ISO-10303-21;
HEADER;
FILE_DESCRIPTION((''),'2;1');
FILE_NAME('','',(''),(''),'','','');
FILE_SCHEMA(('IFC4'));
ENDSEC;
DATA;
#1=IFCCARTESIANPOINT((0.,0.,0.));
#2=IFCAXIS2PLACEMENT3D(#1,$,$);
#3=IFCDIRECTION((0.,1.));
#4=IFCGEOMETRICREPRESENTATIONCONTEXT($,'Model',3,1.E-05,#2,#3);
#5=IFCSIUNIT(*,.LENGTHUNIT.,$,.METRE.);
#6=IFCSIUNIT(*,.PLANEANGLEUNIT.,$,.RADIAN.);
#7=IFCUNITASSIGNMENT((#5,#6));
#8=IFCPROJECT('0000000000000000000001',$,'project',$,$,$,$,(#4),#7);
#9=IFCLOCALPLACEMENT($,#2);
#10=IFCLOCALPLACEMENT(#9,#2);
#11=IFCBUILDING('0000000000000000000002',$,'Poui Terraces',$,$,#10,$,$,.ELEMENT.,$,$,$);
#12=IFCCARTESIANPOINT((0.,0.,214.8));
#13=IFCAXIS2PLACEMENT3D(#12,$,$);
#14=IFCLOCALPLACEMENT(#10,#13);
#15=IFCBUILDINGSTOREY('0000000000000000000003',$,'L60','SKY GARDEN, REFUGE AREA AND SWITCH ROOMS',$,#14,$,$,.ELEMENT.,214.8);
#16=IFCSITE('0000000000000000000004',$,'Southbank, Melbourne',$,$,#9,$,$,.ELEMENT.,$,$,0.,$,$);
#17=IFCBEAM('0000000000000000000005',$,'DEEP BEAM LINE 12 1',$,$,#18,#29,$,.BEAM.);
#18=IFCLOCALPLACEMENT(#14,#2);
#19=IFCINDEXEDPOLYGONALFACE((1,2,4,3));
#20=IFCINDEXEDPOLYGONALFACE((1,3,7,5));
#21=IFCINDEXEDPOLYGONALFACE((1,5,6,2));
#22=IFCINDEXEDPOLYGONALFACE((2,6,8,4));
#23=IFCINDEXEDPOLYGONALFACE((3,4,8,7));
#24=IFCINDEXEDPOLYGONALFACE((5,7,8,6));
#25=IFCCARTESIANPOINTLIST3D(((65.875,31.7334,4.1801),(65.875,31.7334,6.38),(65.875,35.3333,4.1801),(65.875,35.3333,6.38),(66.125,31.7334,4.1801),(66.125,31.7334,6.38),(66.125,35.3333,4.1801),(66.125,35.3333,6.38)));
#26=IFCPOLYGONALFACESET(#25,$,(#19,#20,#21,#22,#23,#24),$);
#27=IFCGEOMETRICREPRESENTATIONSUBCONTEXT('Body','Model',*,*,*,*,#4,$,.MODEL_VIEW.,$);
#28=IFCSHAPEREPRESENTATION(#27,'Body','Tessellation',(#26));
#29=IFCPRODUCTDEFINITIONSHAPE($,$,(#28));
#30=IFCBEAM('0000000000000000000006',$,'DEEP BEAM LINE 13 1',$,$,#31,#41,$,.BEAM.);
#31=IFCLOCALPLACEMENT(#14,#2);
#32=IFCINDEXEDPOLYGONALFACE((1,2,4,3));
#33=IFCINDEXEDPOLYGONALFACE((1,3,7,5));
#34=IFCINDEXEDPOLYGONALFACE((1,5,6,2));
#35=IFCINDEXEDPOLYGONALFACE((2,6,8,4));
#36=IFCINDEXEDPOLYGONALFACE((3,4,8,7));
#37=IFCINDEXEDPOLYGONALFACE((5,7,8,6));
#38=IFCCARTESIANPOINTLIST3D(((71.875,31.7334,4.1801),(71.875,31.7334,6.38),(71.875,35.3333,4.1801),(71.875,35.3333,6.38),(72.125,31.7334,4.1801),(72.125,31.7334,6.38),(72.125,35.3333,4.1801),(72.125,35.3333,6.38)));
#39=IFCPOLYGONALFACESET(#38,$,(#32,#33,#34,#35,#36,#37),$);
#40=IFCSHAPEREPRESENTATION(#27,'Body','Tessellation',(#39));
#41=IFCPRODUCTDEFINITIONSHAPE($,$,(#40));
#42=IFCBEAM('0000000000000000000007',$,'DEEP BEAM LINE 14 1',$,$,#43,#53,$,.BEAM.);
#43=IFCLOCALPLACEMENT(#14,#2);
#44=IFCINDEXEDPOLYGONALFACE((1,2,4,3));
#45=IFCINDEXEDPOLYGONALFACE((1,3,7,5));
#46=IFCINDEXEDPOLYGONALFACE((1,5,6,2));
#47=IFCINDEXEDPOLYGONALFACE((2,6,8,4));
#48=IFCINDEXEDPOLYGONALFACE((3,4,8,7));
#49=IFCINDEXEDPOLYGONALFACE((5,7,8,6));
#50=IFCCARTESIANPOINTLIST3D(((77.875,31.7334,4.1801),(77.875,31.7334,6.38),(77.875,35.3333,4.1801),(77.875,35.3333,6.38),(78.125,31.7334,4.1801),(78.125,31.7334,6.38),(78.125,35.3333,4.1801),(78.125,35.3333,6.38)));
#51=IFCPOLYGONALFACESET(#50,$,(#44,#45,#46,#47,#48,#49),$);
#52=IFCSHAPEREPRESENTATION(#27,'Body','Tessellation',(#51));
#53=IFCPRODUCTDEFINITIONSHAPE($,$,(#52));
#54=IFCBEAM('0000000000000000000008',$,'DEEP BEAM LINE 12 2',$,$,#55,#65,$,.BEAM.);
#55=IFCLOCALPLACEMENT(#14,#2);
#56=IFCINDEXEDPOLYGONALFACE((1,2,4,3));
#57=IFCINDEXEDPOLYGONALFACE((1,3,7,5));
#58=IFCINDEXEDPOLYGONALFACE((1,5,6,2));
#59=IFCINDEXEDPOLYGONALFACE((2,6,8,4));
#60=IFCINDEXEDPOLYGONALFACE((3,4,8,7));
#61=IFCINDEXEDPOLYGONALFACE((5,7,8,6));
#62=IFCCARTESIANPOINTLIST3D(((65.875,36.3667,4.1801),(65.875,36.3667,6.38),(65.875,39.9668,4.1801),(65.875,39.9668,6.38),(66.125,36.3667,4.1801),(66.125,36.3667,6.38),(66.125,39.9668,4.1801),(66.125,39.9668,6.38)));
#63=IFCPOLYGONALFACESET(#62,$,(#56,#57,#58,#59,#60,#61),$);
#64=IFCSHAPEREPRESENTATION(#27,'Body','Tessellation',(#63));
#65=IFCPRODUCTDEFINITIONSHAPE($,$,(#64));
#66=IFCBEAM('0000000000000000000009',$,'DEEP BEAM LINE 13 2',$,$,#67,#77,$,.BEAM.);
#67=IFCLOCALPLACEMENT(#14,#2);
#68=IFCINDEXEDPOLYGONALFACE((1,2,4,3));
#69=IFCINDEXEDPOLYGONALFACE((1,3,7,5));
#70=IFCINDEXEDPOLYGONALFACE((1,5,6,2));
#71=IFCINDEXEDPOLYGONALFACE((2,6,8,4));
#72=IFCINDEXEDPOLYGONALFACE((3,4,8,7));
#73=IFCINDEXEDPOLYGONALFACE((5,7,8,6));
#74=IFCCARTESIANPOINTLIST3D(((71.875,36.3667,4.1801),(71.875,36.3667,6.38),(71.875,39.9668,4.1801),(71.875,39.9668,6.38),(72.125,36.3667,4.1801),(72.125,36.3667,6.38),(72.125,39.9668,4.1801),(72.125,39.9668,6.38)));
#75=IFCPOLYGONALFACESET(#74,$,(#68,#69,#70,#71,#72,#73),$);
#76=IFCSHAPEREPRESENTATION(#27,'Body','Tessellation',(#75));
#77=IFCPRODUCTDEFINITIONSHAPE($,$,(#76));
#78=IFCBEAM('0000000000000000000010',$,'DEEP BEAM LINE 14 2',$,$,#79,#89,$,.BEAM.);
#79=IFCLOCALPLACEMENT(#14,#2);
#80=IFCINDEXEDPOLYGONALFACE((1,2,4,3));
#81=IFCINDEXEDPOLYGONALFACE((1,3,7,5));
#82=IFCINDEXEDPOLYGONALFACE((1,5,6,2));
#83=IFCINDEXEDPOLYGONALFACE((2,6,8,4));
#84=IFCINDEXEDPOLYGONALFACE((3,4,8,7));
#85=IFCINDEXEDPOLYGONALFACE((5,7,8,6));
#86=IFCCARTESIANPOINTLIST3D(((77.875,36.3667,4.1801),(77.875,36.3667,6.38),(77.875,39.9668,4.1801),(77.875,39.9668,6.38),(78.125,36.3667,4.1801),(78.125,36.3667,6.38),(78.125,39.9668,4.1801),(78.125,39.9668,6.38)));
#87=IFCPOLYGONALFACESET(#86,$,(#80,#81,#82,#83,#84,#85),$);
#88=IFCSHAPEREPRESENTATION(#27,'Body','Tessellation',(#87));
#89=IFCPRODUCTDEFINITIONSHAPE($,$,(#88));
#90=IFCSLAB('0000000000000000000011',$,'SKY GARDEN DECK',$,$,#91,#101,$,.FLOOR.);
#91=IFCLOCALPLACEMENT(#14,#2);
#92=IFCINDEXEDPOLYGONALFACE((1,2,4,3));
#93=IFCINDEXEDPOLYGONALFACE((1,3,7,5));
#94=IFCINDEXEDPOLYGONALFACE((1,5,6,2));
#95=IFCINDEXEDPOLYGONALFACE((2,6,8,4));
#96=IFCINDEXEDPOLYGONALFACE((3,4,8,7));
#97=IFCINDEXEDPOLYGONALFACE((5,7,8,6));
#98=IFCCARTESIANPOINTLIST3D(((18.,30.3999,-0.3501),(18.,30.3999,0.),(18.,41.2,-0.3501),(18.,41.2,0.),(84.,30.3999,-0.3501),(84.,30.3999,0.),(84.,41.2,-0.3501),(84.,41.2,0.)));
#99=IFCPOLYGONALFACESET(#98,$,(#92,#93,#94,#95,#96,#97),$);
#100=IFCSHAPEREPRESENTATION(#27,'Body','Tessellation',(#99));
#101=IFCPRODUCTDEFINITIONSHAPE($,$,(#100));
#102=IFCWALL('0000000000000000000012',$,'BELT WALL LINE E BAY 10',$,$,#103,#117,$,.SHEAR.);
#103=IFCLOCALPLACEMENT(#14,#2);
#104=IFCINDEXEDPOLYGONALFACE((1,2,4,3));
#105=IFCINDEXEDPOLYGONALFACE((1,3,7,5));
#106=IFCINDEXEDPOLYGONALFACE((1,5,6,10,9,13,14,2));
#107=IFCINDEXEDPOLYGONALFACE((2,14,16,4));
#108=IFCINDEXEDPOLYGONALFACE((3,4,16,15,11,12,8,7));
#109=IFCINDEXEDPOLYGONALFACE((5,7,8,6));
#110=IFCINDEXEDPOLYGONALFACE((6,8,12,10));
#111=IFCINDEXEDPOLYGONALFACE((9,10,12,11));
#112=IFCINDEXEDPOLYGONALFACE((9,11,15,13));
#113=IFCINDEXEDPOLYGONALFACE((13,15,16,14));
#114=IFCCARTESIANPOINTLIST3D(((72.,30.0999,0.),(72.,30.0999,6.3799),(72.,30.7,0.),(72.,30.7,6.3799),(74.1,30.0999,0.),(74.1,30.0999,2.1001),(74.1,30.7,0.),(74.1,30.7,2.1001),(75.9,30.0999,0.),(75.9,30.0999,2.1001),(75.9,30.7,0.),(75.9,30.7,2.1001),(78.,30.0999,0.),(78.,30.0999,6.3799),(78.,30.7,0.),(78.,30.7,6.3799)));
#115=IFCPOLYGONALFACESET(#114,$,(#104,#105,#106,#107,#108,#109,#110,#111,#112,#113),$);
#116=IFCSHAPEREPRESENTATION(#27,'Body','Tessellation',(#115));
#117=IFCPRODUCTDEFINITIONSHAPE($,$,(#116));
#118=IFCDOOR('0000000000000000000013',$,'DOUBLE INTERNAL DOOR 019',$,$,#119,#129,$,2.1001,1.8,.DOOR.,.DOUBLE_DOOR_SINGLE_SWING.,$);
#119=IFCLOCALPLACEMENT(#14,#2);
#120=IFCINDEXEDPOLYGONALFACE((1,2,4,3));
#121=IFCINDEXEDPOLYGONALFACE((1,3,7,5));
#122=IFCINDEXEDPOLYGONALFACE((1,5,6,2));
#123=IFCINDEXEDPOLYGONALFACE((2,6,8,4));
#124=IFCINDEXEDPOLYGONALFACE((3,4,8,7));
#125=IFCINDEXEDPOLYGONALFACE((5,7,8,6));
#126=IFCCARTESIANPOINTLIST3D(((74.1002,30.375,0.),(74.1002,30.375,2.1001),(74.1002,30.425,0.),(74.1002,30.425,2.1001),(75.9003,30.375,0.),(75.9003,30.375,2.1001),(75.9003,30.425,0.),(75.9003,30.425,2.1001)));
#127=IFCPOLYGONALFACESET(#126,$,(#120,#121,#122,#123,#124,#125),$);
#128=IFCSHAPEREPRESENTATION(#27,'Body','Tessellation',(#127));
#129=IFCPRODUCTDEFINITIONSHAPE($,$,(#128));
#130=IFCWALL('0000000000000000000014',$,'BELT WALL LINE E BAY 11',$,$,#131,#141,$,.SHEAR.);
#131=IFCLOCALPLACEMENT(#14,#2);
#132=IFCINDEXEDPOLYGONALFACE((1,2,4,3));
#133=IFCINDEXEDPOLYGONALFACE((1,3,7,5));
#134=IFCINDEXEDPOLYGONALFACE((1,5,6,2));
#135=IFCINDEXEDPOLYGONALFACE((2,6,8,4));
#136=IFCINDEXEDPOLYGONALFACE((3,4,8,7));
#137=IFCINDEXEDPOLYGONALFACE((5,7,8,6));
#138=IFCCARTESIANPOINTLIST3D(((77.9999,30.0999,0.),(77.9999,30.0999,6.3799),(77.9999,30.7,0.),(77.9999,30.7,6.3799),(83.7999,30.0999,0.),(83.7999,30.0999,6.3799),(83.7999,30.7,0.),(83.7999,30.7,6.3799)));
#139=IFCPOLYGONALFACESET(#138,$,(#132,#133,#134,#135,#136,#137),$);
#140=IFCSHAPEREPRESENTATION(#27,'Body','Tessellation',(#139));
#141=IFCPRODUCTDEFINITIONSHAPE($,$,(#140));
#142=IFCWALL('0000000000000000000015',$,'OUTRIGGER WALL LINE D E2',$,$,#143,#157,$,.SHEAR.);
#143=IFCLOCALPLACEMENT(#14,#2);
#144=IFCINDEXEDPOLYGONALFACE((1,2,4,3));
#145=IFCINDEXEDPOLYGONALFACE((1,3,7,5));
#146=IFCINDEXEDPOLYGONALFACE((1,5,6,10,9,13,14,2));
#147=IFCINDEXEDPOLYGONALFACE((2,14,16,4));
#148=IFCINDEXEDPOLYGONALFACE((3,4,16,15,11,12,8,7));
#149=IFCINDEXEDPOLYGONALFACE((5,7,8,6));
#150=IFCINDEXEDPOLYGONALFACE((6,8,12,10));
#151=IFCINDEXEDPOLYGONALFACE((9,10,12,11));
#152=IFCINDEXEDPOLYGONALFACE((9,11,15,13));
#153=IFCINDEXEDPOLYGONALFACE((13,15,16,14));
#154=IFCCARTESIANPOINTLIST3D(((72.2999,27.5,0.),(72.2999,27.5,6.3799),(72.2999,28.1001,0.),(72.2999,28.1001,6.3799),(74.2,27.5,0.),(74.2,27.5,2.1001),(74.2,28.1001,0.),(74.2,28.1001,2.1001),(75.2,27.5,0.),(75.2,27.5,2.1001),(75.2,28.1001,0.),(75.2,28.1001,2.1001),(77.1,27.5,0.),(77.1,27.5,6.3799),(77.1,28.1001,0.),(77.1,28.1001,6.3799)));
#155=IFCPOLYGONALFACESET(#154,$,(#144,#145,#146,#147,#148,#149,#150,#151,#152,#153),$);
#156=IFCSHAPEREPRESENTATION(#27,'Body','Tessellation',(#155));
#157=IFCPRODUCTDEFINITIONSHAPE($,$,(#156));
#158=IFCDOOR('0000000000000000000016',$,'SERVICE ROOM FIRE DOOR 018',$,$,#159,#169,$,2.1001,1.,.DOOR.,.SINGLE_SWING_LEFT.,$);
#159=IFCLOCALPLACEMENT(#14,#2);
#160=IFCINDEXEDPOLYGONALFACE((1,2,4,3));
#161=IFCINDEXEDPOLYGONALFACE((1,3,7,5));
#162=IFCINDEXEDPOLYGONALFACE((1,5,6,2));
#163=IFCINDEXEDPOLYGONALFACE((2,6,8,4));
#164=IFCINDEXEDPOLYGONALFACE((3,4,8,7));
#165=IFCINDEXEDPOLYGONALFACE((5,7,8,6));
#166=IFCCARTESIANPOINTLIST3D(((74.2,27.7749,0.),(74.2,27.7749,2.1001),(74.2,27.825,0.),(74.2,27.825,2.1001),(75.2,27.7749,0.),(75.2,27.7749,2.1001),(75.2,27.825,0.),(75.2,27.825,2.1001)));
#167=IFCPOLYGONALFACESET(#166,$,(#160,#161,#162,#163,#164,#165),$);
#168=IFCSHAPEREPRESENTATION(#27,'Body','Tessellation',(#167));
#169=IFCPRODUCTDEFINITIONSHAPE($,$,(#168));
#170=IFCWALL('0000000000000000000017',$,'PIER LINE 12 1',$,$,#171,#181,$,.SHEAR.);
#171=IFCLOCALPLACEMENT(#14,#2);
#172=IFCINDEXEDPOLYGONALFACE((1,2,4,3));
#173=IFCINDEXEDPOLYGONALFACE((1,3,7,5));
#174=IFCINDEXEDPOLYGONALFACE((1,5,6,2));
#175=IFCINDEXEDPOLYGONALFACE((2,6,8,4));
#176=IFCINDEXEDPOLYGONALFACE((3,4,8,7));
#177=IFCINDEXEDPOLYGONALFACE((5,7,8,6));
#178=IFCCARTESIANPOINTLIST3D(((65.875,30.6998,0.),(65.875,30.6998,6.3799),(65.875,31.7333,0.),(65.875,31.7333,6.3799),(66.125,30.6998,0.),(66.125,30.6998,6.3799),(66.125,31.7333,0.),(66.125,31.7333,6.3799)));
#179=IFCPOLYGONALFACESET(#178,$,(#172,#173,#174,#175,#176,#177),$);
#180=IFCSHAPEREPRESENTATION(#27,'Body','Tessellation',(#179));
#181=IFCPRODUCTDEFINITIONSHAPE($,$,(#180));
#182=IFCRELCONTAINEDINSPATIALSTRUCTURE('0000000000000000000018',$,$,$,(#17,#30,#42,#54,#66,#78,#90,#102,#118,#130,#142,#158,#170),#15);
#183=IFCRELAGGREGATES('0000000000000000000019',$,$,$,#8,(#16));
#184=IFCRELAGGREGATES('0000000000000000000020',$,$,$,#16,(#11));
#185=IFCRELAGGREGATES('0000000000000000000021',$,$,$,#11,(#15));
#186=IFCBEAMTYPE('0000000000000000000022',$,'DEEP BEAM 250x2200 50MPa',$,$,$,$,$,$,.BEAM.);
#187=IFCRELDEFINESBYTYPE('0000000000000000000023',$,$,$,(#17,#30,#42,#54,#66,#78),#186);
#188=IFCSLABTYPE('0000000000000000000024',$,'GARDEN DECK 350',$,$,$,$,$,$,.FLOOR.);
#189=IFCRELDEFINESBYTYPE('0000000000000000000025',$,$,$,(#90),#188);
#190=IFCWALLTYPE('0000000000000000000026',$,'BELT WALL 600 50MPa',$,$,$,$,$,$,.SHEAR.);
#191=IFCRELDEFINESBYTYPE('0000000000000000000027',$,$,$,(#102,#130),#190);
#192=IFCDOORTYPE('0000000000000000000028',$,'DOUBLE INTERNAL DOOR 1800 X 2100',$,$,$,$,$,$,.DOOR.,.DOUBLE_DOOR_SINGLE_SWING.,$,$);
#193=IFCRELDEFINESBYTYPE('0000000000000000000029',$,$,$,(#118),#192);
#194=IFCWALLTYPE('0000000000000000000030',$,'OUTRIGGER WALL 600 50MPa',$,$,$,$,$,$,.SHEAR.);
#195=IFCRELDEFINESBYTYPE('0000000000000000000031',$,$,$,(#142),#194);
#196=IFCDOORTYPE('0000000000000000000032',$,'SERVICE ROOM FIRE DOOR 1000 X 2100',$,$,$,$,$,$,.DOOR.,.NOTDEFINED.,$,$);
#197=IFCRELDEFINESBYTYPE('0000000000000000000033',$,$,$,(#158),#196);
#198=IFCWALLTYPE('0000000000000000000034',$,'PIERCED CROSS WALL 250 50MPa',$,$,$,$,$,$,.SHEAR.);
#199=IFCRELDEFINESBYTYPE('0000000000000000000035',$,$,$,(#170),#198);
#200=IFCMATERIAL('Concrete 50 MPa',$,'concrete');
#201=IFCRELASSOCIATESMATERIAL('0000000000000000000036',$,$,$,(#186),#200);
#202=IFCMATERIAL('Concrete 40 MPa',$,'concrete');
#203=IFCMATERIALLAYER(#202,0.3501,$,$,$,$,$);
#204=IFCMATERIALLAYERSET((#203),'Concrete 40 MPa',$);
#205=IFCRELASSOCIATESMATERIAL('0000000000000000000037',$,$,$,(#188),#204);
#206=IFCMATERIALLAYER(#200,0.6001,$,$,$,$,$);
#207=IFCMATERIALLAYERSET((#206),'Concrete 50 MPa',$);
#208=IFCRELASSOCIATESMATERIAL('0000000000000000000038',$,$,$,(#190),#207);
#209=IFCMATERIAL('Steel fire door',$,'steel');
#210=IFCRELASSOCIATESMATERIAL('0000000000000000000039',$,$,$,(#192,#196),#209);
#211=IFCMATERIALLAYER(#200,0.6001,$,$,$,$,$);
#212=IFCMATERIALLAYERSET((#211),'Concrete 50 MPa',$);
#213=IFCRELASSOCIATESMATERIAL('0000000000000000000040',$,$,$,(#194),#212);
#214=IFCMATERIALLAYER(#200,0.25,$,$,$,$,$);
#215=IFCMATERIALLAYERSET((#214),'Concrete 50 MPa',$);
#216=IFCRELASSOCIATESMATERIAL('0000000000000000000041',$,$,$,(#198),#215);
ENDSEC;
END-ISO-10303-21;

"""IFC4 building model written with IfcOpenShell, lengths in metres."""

from ifc_helpers import new_model, si_unit, direction, frame, frame_2d, origin, origin_2d, place, context, subcontext, project, spatial, polyline, rectangle, outline, extrude, source, transform, mapped, material, layer, layer_set, material_profile, profile_set, type_object, element, fill, save


model = new_model("IFC4")

# Units and contexts
model_context = context("Model", 3, precision=1e-05, world=origin(), true_north=direction((0.0, 1.0)))
body_context = subcontext(model_context, "Body", "Model", "MODEL_VIEW")
ifc_project = project(units=[si_unit("LENGTHUNIT", "METRE"), si_unit("PLANEANGLEUNIT", "RADIAN")], contexts=[model_context])

# Site, building, storey
site_placement = place(None, origin())
site = spatial("IfcSite", under=ifc_project, at=site_placement, Name="Southbank, Melbourne", CompositionType="ELEMENT", RefElevation=0.0)
building_placement = place(site_placement, origin())
building = spatial("IfcBuilding", under=site, at=building_placement, Name="Poui Terraces", CompositionType="ELEMENT")
storey_placement = place(building_placement, frame((0.0, 0.0, 214.8)))
storey = spatial("IfcBuildingStorey", under=building, at=storey_placement, Name="L60", Description="SKY GARDEN, REFUGE AREA AND SWITCH ROOMS", CompositionType="ELEMENT", Elevation=214.8)

# Beams
ifc_material_1 = material(Name="Concrete 50 MPa", Category="concrete")
ifc_material_profile = material_profile(ifc_material_1, rectangle(XDim=0.25, YDim=2.2, at=origin_2d()), Name="RC 250x2200")
ifc_profile_set = profile_set([ifc_material_profile], Name="Concrete 50 MPa")
beam_type = type_object("IfcBeamType", Name="DEEP BEAM 250x2200 50MPa", PredefinedType="BEAM", material=ifc_profile_set)
shared_shape_1 = source(origin(), body_context, "Body", "SweptSolid", [
    extrude(rectangle(XDim=0.25, YDim=2.2, at=origin_2d()), origin(), (0.0, 0.0, 1.0), 3.5999),
])
for number, where, z_axis, x_axis, name in (
    (1, (66.0, 31.7334, 5.28), (0.0, 1.0, 0.0), (-1.0, 0.0, 0.0), "DEEP BEAM LINE 12 1"),
    (2, (72.0, 31.7334, 5.28), (0.0, 1.0, 0.0), (-1.0, 0.0, 0.0), "DEEP BEAM LINE 13 1"),
    (3, (78.0, 31.7334, 5.28), (0.0, 1.0, 0.0), (-1.0, 0.0, 0.0), "DEEP BEAM LINE 14 1"),
):
    element("IfcBeam", number, at=place(storey_placement, frame(where, z_axis=z_axis, x_axis=x_axis)), inside=storey, type_object=beam_type, Name=name, PredefinedType="BEAM", context=body_context, shape_type="MappedRepresentation", body=[
        mapped(shared_shape_1, transform((0.0, 0.0, 0.0))),
    ])
shared_shape_2 = source(origin(), body_context, "Body", "SweptSolid", [
    extrude(rectangle(XDim=0.25, YDim=2.2, at=origin_2d()), origin(), (0.0, 0.0, 1.0), 3.6001),
])
for number, where, z_axis, x_axis, name in (
    (4, (66.0, 36.3667, 5.28), (0.0, 1.0, 0.0), (-1.0, 0.0, 0.0), "DEEP BEAM LINE 12 2"),
    (5, (72.0, 36.3667, 5.28), (0.0, 1.0, 0.0), (-1.0, 0.0, 0.0), "DEEP BEAM LINE 13 2"),
    (6, (78.0, 36.3667, 5.28), (0.0, 1.0, 0.0), (-1.0, 0.0, 0.0), "DEEP BEAM LINE 14 2"),
):
    element("IfcBeam", number, at=place(storey_placement, frame(where, z_axis=z_axis, x_axis=x_axis)), inside=storey, type_object=beam_type, Name=name, PredefinedType="BEAM", context=body_context, shape_type="MappedRepresentation", body=[
        mapped(shared_shape_2, transform((0.0, 0.0, 0.0))),
    ])

# Slab
ifc_material_2 = material(Name="Concrete 40 MPa", Category="concrete")
ifc_layer_1 = layer(ifc_material_2, 0.3501)
ifc_layer_set_1 = layer_set([ifc_layer_1], Name="Concrete 40 MPa")
slab_type = type_object("IfcSlabType", Name="GARDEN DECK 350", PredefinedType="FLOOR", material=ifc_layer_set_1)
shared_shape_3 = source(origin(), body_context, "Body", "SweptSolid", [
    extrude(outline(polyline([(0.0, 0.0), (0.0, 10.8), (-66.0, 10.8), (-66.0, 0.0), (0.0, 0.0)])), origin(), (0.0, 0.0, 1.0), 0.3501),
])
slab_placement = place(storey_placement, frame((84.0, 30.3999, -0.3501)))
element("IfcSlab", 7, at=slab_placement, inside=storey, type_object=slab_type, Name="SKY GARDEN DECK", PredefinedType="FLOOR", context=body_context, shape_type="MappedRepresentation", body=[
    mapped(shared_shape_3, transform((0.0, 0.0, 0.0))),
])

# Wall, opening, door
ifc_layer_2 = layer(ifc_material_1, 0.6001)
ifc_layer_set_2 = layer_set([ifc_layer_2], Name="Concrete 50 MPa")
wall_type_1 = type_object("IfcWallType", Name="BELT WALL 600 50MPa", PredefinedType="SHEAR", material=ifc_layer_set_2)
wall_1_placement = place(storey_placement, frame((72.0, 30.3999, 0.0), z_axis=(0.0, 0.0, 1.0), x_axis=(1.0, 0.0, 0.0)))
wall_1 = element("IfcWall", 8, at=wall_1_placement, inside=storey, type_object=wall_type_1, Name="BELT WALL LINE E BAY 10", PredefinedType="SHEAR", context=body_context, shape_type="SweptSolid", body=[
    extrude(rectangle(XDim=6.0, YDim=0.6001, at=frame_2d((3.0, 0.0))), origin(), (0.0, 0.0, 1.0), 6.3799),
])
opening_1_placement = place(wall_1_placement, frame((2.1001, 0.0, 0.0)))
opening_1 = element("IfcOpeningElement", 9, at=opening_1_placement, cuts=wall_1, PredefinedType="OPENING", context=body_context, shape_type="SweptSolid", body=[
    extrude(rectangle(XDim=1.8, YDim=2.1001, at=frame_2d((0.8999, 1.05))), frame((0.0, 0.3101, 0.0), z_axis=(0.0, -1.0, 0.0), x_axis=(1.0, 0.0, 0.0)), (0.0, 0.0, 1.0), 0.6201),
])
ifc_material_3 = material(Name="Steel fire door", Category="steel")
door_type_1 = type_object("IfcDoorType", Name="DOUBLE INTERNAL DOOR 1800 X 2100", OperationType="DOUBLE_DOOR_SINGLE_SWING", PredefinedType="DOOR", material=ifc_material_3)
door_1_placement = place(opening_1_placement, frame((1.8, 0.0, 0.0), z_axis=(0.0, 0.0, 1.0), x_axis=(-1.0, 0.0, 0.0)))
door_1 = element("IfcDoor", 10, at=door_1_placement, inside=storey, type_object=door_type_1, Name="DOUBLE INTERNAL DOOR 019", OperationType="DOUBLE_DOOR_SINGLE_SWING", OverallHeight=2.1001, OverallWidth=1.8, PredefinedType="DOOR", context=body_context, shape_type="SweptSolid", body=[
    extrude(rectangle(XDim=1.8, YDim=2.1001, at=frame_2d((0.8999, 1.05))), frame((0.0, 0.0249, 0.0), z_axis=(0.0, -1.0, 0.0), x_axis=(1.0, 0.0, 0.0)), (0.0, 0.0, 1.0), 0.05),
])
fill(opening_1, door_1)

# Wall
wall_2_placement = place(storey_placement, frame((78.0, 30.3999, 0.0), z_axis=(0.0, 0.0, 1.0), x_axis=(1.0, 0.0, 0.0)))
element("IfcWall", 11, at=wall_2_placement, inside=storey, type_object=wall_type_1, Name="BELT WALL LINE E BAY 11", PredefinedType="SHEAR", context=body_context, shape_type="SweptSolid", body=[
    extrude(rectangle(XDim=5.8, YDim=0.6001, at=frame_2d((2.8999, 0.0))), origin(), (0.0, 0.0, 1.0), 6.3799),
])

# Wall, opening, door
ifc_layer_3 = layer(ifc_material_1, 0.6001)
ifc_layer_set_3 = layer_set([ifc_layer_3], Name="Concrete 50 MPa")
wall_type_2 = type_object("IfcWallType", Name="OUTRIGGER WALL 600 50MPa", PredefinedType="SHEAR", material=ifc_layer_set_3)
wall_3_placement = place(storey_placement, frame((72.3, 27.8, 0.0), z_axis=(0.0, 0.0, 1.0), x_axis=(1.0, 0.0, 0.0)))
wall_3 = element("IfcWall", 12, at=wall_3_placement, inside=storey, type_object=wall_type_2, Name="OUTRIGGER WALL LINE D E2", PredefinedType="SHEAR", context=body_context, shape_type="SweptSolid", body=[
    extrude(rectangle(XDim=4.8, YDim=0.6001, at=frame_2d((2.3999, 0.0))), origin(), (0.0, 0.0, 1.0), 6.3799),
])
opening_2_placement = place(wall_3_placement, frame((1.8999, 0.0, 0.0)))
opening_2 = element("IfcOpeningElement", 13, at=opening_2_placement, cuts=wall_3, PredefinedType="OPENING", context=body_context, shape_type="SweptSolid", body=[
    extrude(rectangle(XDim=1.0, YDim=2.1001, at=frame_2d((0.5, 1.05))), frame((0.0, 0.3101, 0.0), z_axis=(0.0, -1.0, 0.0), x_axis=(1.0, 0.0, 0.0)), (0.0, 0.0, 1.0), 0.6201),
])
door_type_2 = type_object("IfcDoorType", Name="SERVICE ROOM FIRE DOOR 1000 X 2100", OperationType="NOTDEFINED", PredefinedType="DOOR", material=ifc_material_3)
door_2_placement = place(opening_2_placement, origin())
door_2 = element("IfcDoor", 14, at=door_2_placement, inside=storey, type_object=door_type_2, Name="SERVICE ROOM FIRE DOOR 018", OperationType="SINGLE_SWING_LEFT", OverallHeight=2.1001, OverallWidth=1.0, PredefinedType="DOOR", context=body_context, shape_type="SweptSolid", body=[
    extrude(rectangle(XDim=1.0, YDim=2.1001, at=frame_2d((0.5, 1.05))), frame((0.0, 0.0249, 0.0), z_axis=(0.0, -1.0, 0.0), x_axis=(1.0, 0.0, 0.0)), (0.0, 0.0, 1.0), 0.05),
])
fill(opening_2, door_2)

# Wall
ifc_layer_4 = layer(ifc_material_1, 0.25)
ifc_layer_set_4 = layer_set([ifc_layer_4], Name="Concrete 50 MPa")
wall_type_3 = type_object("IfcWallType", Name="PIERCED CROSS WALL 250 50MPa", PredefinedType="SHEAR", material=ifc_layer_set_4)
for number, where, z_axis, x_axis, name in (
    (15, (66.0, 30.7, 0.0), (0.0, 0.0, 1.0), (0.0, 1.0, 0.0), "PIER LINE 12 1"),
):
    element("IfcWall", number, at=place(storey_placement, frame(where, z_axis=z_axis, x_axis=x_axis)), inside=storey, type_object=wall_type_3, Name=name, PredefinedType="SHEAR", context=body_context, shape_type="SweptSolid", body=[
        extrude(rectangle(XDim=1.0334, YDim=0.25, at=frame_2d((0.5166, 0.0))), origin(), (0.0, 0.0, 1.0), 6.3799),
    ])

save(model, "model.ifc")
